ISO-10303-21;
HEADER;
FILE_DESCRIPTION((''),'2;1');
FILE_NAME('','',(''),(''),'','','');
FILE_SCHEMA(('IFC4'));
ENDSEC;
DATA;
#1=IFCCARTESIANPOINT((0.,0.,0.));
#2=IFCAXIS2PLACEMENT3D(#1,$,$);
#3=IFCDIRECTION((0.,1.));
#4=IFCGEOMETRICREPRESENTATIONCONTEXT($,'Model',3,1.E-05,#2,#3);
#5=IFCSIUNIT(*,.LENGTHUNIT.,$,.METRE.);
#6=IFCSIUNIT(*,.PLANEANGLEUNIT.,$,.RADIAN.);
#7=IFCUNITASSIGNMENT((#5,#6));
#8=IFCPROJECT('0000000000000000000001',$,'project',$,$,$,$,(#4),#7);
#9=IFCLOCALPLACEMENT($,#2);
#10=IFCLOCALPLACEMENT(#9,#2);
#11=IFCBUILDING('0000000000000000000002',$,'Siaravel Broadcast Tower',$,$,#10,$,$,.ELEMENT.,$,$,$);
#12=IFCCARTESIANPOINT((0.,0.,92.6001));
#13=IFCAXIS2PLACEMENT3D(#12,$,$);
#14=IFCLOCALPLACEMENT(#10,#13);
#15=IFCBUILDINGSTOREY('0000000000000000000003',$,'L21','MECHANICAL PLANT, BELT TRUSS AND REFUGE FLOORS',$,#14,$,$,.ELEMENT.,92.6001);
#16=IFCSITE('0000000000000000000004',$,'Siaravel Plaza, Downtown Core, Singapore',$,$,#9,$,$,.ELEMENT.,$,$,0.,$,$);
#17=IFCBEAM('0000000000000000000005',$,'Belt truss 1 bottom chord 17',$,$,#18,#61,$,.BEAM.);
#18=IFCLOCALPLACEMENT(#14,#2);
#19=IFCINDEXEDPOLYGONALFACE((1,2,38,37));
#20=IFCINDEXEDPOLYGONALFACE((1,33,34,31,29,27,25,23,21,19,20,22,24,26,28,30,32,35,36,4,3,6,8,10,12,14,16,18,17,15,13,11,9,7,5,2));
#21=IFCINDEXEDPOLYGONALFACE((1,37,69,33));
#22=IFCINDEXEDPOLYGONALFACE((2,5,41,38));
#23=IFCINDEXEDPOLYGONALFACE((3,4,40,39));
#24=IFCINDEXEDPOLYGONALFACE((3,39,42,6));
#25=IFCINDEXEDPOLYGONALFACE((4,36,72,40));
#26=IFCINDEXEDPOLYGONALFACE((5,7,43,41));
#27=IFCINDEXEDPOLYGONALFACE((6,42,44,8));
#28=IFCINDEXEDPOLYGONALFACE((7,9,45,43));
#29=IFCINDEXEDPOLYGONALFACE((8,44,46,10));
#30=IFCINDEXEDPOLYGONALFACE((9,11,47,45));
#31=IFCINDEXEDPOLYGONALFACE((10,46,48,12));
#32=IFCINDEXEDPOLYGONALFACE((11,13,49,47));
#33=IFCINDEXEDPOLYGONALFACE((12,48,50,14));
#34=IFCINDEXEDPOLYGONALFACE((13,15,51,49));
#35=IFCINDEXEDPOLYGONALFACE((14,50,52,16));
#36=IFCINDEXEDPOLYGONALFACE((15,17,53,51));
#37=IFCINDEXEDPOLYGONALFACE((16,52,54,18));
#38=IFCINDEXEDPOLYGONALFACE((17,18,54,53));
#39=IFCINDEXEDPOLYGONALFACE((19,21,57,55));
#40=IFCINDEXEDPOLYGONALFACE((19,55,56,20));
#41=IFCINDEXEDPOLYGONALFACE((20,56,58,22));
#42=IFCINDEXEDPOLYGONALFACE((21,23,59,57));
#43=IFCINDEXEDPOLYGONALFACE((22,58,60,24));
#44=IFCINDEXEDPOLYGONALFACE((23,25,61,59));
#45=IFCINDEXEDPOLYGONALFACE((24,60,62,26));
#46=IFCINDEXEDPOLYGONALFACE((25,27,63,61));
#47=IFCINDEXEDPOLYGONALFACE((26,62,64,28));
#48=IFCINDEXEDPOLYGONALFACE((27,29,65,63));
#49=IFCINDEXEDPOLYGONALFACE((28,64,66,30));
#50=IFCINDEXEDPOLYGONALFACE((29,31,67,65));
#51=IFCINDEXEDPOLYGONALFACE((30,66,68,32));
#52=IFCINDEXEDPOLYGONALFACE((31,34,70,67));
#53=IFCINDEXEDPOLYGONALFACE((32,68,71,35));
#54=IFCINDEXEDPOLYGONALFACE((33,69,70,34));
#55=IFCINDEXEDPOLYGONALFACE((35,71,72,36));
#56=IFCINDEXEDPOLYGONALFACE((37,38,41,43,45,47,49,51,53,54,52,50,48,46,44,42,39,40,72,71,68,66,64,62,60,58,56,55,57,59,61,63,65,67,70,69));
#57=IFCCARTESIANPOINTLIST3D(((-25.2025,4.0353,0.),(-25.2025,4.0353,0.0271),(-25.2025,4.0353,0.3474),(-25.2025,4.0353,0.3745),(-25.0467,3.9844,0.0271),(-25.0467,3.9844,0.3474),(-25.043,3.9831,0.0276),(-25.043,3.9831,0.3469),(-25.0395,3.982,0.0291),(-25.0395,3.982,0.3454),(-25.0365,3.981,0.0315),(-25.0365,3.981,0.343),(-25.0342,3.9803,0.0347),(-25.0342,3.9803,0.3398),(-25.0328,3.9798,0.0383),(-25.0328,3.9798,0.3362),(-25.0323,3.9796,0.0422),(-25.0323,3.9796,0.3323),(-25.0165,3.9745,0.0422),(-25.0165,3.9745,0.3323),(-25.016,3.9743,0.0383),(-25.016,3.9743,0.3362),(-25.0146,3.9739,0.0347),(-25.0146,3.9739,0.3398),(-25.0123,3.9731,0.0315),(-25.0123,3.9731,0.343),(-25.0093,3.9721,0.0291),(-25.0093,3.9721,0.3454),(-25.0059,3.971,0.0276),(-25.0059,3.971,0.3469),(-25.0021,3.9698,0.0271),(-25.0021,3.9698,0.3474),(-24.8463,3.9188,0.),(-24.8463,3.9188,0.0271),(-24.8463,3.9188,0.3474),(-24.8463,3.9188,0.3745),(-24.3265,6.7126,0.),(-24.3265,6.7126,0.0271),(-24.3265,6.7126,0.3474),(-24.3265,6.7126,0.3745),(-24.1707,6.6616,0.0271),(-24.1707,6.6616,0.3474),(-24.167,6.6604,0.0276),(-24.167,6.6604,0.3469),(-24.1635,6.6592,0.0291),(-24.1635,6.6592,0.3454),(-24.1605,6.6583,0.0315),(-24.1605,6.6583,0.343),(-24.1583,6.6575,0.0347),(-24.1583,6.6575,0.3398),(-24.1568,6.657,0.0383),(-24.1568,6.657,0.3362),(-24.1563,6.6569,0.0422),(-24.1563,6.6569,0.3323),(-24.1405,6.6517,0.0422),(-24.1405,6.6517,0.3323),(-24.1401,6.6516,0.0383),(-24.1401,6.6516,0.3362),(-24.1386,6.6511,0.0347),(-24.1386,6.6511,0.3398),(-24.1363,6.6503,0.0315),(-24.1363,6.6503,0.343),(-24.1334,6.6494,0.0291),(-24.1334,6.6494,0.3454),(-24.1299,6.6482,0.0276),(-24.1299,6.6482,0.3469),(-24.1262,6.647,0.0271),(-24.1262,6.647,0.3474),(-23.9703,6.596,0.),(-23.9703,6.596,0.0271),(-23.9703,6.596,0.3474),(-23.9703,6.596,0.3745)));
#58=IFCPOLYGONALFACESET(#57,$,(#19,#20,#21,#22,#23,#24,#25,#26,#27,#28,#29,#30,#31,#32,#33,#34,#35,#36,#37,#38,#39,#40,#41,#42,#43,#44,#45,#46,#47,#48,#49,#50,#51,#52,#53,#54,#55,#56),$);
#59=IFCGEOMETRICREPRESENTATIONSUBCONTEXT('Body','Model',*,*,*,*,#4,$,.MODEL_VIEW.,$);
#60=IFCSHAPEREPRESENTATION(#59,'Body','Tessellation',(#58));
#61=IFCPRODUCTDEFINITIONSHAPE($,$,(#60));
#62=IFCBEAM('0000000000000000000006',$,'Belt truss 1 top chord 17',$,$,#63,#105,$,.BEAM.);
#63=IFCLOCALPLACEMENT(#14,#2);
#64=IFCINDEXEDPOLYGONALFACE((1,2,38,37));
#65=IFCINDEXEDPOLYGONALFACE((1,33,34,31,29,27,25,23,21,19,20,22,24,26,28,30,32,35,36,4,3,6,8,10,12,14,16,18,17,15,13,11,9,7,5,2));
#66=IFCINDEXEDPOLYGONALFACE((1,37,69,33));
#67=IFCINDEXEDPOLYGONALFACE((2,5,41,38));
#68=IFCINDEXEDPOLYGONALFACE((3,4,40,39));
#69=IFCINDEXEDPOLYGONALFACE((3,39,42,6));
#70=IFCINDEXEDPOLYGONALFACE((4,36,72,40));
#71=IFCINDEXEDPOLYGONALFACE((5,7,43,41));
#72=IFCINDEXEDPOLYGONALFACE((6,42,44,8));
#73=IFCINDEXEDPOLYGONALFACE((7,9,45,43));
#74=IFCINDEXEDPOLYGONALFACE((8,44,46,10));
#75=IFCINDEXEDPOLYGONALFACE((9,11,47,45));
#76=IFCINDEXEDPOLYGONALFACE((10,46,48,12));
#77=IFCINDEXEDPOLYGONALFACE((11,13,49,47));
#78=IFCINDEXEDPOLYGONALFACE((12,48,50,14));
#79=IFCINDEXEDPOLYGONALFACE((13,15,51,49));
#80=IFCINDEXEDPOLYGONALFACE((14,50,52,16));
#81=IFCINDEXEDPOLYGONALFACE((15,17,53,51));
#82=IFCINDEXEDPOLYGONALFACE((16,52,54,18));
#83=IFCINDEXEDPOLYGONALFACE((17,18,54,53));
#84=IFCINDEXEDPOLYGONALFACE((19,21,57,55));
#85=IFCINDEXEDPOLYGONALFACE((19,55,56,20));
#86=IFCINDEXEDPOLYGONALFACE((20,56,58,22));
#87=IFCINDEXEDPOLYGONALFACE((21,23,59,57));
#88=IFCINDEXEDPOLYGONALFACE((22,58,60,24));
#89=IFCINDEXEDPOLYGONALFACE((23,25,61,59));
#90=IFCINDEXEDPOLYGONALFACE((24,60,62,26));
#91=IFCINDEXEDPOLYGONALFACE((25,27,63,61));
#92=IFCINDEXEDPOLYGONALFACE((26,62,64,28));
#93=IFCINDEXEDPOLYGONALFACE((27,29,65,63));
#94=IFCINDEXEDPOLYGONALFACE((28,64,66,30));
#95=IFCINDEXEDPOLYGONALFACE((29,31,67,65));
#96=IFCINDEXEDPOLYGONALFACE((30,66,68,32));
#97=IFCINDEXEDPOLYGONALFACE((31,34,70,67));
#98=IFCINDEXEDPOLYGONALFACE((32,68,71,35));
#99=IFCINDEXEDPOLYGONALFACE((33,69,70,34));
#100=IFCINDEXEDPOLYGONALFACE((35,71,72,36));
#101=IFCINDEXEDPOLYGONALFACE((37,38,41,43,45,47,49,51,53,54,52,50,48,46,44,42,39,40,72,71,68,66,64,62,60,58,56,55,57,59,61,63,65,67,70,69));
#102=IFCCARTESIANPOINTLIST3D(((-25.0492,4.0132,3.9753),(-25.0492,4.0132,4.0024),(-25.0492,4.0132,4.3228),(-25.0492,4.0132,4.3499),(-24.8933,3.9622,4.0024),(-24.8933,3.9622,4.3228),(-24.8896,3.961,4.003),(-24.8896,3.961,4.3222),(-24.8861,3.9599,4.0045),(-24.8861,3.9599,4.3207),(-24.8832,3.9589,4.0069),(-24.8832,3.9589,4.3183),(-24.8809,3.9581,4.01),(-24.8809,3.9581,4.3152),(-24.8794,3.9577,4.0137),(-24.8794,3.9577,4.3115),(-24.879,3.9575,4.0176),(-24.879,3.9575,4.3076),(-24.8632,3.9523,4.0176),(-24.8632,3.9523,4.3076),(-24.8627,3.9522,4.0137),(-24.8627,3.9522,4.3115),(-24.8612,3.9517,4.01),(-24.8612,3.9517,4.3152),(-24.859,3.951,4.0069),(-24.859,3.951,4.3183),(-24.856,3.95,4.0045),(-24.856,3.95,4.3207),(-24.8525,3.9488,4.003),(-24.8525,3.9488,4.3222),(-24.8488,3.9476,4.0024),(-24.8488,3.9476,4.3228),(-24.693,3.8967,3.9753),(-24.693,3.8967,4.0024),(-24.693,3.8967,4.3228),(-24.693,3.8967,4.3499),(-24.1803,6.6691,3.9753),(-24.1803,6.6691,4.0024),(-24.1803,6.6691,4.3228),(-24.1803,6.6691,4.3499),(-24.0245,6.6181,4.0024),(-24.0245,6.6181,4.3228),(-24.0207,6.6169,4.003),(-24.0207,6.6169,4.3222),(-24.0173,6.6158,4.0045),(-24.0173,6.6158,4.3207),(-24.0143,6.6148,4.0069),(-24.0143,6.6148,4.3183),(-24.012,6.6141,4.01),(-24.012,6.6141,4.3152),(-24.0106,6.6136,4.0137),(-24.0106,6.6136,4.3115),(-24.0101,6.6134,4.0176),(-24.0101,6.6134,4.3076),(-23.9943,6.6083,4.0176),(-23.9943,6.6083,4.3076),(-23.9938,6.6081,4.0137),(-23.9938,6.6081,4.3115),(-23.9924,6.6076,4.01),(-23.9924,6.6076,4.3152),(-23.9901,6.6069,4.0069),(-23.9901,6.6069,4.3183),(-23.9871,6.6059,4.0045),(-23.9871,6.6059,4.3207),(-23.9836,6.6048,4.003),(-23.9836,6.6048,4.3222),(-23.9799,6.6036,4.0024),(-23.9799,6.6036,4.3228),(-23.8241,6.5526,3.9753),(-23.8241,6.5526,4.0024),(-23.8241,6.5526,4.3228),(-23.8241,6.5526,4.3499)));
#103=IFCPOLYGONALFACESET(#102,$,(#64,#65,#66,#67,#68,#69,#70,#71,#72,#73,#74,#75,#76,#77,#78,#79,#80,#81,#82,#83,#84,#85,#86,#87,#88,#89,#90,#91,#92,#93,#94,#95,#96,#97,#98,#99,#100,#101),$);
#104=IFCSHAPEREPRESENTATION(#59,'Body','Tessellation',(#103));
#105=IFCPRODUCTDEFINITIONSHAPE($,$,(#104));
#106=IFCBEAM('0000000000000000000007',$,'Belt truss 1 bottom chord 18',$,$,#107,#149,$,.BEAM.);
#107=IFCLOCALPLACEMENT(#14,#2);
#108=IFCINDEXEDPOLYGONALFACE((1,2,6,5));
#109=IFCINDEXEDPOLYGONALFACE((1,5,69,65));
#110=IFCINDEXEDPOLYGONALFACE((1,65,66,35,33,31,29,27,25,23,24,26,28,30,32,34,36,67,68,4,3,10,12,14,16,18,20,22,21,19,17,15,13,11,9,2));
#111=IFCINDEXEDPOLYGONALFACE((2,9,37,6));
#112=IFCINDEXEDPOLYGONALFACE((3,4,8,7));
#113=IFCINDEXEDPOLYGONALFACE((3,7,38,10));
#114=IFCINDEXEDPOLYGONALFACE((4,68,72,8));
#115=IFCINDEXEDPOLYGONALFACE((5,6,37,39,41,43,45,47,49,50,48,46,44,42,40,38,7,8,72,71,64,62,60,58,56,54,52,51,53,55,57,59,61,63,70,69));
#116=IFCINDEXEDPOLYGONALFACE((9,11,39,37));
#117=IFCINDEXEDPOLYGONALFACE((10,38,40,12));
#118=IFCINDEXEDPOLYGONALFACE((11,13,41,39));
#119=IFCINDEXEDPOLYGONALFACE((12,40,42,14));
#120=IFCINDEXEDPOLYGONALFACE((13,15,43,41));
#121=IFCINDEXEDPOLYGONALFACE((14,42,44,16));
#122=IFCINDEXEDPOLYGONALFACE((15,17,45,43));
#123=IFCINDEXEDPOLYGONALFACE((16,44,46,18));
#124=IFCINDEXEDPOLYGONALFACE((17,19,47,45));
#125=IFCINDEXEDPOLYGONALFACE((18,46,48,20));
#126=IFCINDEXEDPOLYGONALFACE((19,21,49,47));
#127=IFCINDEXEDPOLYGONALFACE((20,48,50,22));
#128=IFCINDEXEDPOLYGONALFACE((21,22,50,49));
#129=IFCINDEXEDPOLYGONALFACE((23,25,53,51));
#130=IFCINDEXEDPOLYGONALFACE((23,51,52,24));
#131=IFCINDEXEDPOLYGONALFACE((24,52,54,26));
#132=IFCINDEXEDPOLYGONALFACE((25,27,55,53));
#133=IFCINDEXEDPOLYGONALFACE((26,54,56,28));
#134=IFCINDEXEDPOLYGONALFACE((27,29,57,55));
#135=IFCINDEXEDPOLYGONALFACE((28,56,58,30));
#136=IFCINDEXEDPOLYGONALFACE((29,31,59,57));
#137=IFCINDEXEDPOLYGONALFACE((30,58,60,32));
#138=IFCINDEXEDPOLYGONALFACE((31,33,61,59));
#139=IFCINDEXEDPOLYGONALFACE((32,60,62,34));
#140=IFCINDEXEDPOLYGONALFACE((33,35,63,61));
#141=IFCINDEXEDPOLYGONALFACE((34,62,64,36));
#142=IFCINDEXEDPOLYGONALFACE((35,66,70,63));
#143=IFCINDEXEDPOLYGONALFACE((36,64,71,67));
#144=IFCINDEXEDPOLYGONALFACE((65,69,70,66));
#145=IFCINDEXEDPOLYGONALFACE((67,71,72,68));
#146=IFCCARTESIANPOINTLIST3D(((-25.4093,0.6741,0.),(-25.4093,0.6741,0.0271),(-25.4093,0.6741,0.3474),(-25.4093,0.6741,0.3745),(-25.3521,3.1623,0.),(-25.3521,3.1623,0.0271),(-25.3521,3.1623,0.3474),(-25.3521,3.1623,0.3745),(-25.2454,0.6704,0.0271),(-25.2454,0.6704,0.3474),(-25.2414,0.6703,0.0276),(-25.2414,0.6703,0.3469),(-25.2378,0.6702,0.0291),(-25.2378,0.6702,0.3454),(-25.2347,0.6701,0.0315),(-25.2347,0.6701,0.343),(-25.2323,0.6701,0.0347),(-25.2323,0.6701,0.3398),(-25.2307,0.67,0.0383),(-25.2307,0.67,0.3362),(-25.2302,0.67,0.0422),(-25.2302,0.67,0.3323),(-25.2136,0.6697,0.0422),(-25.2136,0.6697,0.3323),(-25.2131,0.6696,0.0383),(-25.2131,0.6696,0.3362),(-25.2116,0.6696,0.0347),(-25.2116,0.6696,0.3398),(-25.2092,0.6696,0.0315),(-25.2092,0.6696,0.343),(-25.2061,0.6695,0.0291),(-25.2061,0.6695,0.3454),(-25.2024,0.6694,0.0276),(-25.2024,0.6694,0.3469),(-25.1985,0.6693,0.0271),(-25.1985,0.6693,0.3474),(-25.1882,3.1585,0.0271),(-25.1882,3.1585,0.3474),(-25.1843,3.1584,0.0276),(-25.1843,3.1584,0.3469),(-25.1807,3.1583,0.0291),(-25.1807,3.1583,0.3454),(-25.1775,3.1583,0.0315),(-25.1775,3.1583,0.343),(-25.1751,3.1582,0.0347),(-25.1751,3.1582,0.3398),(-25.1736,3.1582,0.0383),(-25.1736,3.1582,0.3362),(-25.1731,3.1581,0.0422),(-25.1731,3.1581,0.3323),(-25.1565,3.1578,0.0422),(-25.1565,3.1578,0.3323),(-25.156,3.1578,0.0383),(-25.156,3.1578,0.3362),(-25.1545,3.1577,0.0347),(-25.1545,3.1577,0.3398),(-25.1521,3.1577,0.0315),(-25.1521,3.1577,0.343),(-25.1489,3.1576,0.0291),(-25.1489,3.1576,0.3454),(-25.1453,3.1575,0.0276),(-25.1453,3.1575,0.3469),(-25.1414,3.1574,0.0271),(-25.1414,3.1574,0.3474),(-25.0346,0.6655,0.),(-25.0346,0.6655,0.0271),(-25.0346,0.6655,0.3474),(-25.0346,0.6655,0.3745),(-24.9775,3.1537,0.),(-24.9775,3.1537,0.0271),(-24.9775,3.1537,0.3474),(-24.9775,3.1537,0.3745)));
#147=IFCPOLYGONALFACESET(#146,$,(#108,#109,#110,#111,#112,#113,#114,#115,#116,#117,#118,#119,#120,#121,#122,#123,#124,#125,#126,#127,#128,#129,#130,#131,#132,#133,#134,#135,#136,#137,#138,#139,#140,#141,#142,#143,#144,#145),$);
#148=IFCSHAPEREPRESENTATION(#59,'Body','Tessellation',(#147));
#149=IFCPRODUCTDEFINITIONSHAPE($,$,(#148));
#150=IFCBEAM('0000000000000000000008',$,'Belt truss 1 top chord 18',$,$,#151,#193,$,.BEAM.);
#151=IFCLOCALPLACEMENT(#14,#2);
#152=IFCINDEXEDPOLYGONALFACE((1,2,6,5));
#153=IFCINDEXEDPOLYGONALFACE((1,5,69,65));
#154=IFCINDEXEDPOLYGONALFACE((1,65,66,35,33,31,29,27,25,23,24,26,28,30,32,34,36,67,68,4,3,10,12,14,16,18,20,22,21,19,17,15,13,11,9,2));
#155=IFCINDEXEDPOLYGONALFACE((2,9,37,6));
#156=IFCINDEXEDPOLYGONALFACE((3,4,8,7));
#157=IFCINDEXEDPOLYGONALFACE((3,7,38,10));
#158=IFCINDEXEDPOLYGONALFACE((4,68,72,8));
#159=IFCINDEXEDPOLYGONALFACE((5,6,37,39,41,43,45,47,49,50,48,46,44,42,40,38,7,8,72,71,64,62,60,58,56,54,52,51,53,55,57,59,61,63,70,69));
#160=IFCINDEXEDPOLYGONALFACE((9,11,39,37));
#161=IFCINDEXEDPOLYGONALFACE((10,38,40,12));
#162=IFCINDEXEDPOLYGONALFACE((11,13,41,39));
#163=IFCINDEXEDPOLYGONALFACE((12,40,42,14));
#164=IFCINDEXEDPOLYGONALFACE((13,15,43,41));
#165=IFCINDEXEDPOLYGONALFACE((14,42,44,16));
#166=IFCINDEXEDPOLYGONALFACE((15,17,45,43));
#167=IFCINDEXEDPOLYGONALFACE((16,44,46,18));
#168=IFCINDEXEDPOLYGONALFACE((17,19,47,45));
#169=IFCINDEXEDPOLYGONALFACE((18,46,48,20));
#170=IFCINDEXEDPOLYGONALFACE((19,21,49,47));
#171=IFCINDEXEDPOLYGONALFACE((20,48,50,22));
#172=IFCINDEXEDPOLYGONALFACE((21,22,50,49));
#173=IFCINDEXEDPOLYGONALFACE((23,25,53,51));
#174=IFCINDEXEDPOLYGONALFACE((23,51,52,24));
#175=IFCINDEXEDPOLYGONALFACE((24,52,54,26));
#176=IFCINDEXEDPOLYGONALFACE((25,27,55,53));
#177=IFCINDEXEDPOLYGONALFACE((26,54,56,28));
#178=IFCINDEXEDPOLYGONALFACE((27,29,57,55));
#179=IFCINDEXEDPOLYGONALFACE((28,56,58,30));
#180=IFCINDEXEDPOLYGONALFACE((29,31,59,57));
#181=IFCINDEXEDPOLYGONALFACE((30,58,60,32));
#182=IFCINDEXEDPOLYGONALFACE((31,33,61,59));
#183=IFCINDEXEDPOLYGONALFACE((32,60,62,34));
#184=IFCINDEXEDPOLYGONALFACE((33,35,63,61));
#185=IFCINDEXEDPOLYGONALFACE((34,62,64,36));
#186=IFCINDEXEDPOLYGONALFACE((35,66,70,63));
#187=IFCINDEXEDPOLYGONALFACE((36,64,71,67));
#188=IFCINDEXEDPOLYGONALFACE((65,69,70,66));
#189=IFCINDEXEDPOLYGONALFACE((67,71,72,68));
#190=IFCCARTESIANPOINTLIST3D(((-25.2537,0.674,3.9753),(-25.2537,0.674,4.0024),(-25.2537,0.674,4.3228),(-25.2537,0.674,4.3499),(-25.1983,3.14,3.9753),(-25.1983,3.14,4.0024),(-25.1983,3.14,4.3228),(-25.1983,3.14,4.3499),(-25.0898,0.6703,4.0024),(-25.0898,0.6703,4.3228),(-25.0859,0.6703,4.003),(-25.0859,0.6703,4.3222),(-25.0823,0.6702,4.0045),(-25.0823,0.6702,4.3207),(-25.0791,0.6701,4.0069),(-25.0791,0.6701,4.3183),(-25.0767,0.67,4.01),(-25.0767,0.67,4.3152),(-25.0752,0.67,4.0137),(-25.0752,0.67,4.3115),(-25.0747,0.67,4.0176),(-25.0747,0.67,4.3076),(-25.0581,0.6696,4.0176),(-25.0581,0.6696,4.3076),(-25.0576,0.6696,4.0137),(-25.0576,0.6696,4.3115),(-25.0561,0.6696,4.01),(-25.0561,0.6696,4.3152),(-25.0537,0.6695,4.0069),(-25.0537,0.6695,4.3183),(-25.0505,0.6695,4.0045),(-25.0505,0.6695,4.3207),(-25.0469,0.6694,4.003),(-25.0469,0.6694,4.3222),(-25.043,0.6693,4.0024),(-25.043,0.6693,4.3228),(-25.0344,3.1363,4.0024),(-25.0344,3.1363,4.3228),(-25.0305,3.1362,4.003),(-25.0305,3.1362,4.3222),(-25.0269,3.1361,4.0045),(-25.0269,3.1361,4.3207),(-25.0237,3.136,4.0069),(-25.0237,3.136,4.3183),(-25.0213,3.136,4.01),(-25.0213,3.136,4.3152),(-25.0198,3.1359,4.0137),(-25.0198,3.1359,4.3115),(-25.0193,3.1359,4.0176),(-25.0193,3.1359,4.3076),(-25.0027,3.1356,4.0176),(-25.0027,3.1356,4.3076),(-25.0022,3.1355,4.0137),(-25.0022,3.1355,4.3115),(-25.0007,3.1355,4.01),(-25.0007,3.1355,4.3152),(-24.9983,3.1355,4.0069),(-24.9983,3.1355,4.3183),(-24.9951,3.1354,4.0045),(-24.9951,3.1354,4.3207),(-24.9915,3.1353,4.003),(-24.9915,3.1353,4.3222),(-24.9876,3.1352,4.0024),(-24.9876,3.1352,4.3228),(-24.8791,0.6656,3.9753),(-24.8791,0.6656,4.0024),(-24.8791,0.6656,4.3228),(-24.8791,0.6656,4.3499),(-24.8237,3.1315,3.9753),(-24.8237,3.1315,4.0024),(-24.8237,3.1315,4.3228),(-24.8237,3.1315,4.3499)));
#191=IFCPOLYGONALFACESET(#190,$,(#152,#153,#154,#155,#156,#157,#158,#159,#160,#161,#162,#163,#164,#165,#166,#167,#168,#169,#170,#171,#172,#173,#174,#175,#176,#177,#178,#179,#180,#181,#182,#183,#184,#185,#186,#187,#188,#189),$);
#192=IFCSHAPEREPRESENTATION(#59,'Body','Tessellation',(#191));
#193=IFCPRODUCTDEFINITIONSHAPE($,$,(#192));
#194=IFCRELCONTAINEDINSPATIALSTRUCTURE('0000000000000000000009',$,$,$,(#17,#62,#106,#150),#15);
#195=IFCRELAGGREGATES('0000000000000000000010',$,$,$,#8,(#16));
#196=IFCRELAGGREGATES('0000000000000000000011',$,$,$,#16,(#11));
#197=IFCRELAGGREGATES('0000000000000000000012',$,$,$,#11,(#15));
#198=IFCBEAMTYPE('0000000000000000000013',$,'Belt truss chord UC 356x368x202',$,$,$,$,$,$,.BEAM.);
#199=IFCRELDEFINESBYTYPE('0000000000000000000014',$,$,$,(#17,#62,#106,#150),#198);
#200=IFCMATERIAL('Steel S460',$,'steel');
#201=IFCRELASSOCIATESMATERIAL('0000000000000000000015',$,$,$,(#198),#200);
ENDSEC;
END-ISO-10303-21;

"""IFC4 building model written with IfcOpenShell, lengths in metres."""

from ifc_helpers import new_model, si_unit, direction, frame, origin, origin_2d, place, context, subcontext, project, spatial, i_section, extrude, material, material_profile, profile_set, type_object, element, save


model = new_model("IFC4")

# Units and contexts
model_context = context("Model", 3, precision=1e-05, world=origin(), true_north=direction((0.0, 1.0)))
body_context = subcontext(model_context, "Body", "Model", "MODEL_VIEW")
ifc_project = project(units=[si_unit("LENGTHUNIT", "METRE"), si_unit("PLANEANGLEUNIT", "RADIAN")], contexts=[model_context])

# Site, building, storey
site_placement = place(None, origin())
site = spatial("IfcSite", under=ifc_project, at=site_placement, Name="Siaravel Plaza, Downtown Core, Singapore", CompositionType="ELEMENT", RefElevation=0.0)
building_placement = place(site_placement, origin())
building = spatial("IfcBuilding", under=site, at=building_placement, Name="Siaravel Broadcast Tower", CompositionType="ELEMENT")
storey_placement = place(building_placement, frame((0.0, 0.0, 92.6001)))
storey = spatial("IfcBuildingStorey", under=building, at=storey_placement, Name="L21", Description="MECHANICAL PLANT, BELT TRUSS AND REFUGE FLOORS", CompositionType="ELEMENT", Elevation=92.6001)

# Beams
ifc_material_1 = material(Name="Steel S460", Category="steel")
ifc_material_profile_1 = material_profile(ifc_material_1, i_section(OverallWidth=0.3748, OverallDepth=0.3745, WebThickness=0.0166, FlangeThickness=0.0271, FilletRadius=0.0151, at=origin_2d()))
ifc_profile_set_1 = profile_set([ifc_material_profile_1], Name="Steel S460")
beam_type_1 = type_object("IfcBeamType", Name="Belt truss chord UC 356x368x202", PredefinedType="BEAM", material=ifc_profile_set_1)
beam_1_placement = place(storey_placement, frame((-24.1484, 6.6543, 0.1873), z_axis=(-0.310971, -0.950419, 0.0), x_axis=(0.950419, -0.310971, 0.0)))
element("IfcBeam", 1, at=beam_1_placement, inside=storey, type_object=beam_type_1, Name="Belt truss 1 bottom chord 17", PredefinedType="BEAM", context=body_context, shape_type="SweptSolid", body=[
    extrude(i_section(OverallWidth=0.3748, OverallDepth=0.3745, WebThickness=0.0166, FlangeThickness=0.0271, FilletRadius=0.0151, at=origin_2d()), origin(), (0.0, 0.0, 1.0), 2.8169),
])
beam_2_placement = place(storey_placement, frame((-24.0022, 6.6108, 4.1626), z_axis=(-0.310929, -0.950433, 0.0), x_axis=(0.950433, -0.310929, 0.0)))
element("IfcBeam", 2, at=beam_2_placement, inside=storey, type_object=beam_type_1, Name="Belt truss 1 top chord 17", PredefinedType="BEAM", context=body_context, shape_type="SweptSolid", body=[
    extrude(i_section(OverallWidth=0.3748, OverallDepth=0.3745, WebThickness=0.0166, FlangeThickness=0.0271, FilletRadius=0.0151, at=origin_2d()), origin(), (0.0, 0.0, 1.0), 2.7944),
])
beam_3_placement = place(storey_placement, frame((-25.1648, 3.158, 0.1873), z_axis=(-0.022955, -0.999736, 0.0), x_axis=(0.999736, -0.022955, 0.0)))
element("IfcBeam", 3, at=beam_3_placement, inside=storey, type_object=beam_type_1, Name="Belt truss 1 bottom chord 18", PredefinedType="BEAM", context=body_context, shape_type="SweptSolid", body=[
    extrude(i_section(OverallWidth=0.3748, OverallDepth=0.3745, WebThickness=0.0166, FlangeThickness=0.0271, FilletRadius=0.0151, at=origin_2d()), origin(), (0.0, 0.0, 1.0), 2.4888),
])
beam_4_placement = place(storey_placement, frame((-25.011, 3.1357, 4.1626), z_axis=(-0.02247, -0.999748, 0.0), x_axis=(0.999748, -0.02247, 0.0)))
element("IfcBeam", 4, at=beam_4_placement, inside=storey, type_object=beam_type_1, Name="Belt truss 1 top chord 18", PredefinedType="BEAM", context=body_context, shape_type="SweptSolid", body=[
    extrude(i_section(OverallWidth=0.3748, OverallDepth=0.3745, WebThickness=0.0166, FlangeThickness=0.0271, FilletRadius=0.0151, at=origin_2d()), origin(), (0.0, 0.0, 1.0), 2.4666),
])

save(model, "model.ifc")
